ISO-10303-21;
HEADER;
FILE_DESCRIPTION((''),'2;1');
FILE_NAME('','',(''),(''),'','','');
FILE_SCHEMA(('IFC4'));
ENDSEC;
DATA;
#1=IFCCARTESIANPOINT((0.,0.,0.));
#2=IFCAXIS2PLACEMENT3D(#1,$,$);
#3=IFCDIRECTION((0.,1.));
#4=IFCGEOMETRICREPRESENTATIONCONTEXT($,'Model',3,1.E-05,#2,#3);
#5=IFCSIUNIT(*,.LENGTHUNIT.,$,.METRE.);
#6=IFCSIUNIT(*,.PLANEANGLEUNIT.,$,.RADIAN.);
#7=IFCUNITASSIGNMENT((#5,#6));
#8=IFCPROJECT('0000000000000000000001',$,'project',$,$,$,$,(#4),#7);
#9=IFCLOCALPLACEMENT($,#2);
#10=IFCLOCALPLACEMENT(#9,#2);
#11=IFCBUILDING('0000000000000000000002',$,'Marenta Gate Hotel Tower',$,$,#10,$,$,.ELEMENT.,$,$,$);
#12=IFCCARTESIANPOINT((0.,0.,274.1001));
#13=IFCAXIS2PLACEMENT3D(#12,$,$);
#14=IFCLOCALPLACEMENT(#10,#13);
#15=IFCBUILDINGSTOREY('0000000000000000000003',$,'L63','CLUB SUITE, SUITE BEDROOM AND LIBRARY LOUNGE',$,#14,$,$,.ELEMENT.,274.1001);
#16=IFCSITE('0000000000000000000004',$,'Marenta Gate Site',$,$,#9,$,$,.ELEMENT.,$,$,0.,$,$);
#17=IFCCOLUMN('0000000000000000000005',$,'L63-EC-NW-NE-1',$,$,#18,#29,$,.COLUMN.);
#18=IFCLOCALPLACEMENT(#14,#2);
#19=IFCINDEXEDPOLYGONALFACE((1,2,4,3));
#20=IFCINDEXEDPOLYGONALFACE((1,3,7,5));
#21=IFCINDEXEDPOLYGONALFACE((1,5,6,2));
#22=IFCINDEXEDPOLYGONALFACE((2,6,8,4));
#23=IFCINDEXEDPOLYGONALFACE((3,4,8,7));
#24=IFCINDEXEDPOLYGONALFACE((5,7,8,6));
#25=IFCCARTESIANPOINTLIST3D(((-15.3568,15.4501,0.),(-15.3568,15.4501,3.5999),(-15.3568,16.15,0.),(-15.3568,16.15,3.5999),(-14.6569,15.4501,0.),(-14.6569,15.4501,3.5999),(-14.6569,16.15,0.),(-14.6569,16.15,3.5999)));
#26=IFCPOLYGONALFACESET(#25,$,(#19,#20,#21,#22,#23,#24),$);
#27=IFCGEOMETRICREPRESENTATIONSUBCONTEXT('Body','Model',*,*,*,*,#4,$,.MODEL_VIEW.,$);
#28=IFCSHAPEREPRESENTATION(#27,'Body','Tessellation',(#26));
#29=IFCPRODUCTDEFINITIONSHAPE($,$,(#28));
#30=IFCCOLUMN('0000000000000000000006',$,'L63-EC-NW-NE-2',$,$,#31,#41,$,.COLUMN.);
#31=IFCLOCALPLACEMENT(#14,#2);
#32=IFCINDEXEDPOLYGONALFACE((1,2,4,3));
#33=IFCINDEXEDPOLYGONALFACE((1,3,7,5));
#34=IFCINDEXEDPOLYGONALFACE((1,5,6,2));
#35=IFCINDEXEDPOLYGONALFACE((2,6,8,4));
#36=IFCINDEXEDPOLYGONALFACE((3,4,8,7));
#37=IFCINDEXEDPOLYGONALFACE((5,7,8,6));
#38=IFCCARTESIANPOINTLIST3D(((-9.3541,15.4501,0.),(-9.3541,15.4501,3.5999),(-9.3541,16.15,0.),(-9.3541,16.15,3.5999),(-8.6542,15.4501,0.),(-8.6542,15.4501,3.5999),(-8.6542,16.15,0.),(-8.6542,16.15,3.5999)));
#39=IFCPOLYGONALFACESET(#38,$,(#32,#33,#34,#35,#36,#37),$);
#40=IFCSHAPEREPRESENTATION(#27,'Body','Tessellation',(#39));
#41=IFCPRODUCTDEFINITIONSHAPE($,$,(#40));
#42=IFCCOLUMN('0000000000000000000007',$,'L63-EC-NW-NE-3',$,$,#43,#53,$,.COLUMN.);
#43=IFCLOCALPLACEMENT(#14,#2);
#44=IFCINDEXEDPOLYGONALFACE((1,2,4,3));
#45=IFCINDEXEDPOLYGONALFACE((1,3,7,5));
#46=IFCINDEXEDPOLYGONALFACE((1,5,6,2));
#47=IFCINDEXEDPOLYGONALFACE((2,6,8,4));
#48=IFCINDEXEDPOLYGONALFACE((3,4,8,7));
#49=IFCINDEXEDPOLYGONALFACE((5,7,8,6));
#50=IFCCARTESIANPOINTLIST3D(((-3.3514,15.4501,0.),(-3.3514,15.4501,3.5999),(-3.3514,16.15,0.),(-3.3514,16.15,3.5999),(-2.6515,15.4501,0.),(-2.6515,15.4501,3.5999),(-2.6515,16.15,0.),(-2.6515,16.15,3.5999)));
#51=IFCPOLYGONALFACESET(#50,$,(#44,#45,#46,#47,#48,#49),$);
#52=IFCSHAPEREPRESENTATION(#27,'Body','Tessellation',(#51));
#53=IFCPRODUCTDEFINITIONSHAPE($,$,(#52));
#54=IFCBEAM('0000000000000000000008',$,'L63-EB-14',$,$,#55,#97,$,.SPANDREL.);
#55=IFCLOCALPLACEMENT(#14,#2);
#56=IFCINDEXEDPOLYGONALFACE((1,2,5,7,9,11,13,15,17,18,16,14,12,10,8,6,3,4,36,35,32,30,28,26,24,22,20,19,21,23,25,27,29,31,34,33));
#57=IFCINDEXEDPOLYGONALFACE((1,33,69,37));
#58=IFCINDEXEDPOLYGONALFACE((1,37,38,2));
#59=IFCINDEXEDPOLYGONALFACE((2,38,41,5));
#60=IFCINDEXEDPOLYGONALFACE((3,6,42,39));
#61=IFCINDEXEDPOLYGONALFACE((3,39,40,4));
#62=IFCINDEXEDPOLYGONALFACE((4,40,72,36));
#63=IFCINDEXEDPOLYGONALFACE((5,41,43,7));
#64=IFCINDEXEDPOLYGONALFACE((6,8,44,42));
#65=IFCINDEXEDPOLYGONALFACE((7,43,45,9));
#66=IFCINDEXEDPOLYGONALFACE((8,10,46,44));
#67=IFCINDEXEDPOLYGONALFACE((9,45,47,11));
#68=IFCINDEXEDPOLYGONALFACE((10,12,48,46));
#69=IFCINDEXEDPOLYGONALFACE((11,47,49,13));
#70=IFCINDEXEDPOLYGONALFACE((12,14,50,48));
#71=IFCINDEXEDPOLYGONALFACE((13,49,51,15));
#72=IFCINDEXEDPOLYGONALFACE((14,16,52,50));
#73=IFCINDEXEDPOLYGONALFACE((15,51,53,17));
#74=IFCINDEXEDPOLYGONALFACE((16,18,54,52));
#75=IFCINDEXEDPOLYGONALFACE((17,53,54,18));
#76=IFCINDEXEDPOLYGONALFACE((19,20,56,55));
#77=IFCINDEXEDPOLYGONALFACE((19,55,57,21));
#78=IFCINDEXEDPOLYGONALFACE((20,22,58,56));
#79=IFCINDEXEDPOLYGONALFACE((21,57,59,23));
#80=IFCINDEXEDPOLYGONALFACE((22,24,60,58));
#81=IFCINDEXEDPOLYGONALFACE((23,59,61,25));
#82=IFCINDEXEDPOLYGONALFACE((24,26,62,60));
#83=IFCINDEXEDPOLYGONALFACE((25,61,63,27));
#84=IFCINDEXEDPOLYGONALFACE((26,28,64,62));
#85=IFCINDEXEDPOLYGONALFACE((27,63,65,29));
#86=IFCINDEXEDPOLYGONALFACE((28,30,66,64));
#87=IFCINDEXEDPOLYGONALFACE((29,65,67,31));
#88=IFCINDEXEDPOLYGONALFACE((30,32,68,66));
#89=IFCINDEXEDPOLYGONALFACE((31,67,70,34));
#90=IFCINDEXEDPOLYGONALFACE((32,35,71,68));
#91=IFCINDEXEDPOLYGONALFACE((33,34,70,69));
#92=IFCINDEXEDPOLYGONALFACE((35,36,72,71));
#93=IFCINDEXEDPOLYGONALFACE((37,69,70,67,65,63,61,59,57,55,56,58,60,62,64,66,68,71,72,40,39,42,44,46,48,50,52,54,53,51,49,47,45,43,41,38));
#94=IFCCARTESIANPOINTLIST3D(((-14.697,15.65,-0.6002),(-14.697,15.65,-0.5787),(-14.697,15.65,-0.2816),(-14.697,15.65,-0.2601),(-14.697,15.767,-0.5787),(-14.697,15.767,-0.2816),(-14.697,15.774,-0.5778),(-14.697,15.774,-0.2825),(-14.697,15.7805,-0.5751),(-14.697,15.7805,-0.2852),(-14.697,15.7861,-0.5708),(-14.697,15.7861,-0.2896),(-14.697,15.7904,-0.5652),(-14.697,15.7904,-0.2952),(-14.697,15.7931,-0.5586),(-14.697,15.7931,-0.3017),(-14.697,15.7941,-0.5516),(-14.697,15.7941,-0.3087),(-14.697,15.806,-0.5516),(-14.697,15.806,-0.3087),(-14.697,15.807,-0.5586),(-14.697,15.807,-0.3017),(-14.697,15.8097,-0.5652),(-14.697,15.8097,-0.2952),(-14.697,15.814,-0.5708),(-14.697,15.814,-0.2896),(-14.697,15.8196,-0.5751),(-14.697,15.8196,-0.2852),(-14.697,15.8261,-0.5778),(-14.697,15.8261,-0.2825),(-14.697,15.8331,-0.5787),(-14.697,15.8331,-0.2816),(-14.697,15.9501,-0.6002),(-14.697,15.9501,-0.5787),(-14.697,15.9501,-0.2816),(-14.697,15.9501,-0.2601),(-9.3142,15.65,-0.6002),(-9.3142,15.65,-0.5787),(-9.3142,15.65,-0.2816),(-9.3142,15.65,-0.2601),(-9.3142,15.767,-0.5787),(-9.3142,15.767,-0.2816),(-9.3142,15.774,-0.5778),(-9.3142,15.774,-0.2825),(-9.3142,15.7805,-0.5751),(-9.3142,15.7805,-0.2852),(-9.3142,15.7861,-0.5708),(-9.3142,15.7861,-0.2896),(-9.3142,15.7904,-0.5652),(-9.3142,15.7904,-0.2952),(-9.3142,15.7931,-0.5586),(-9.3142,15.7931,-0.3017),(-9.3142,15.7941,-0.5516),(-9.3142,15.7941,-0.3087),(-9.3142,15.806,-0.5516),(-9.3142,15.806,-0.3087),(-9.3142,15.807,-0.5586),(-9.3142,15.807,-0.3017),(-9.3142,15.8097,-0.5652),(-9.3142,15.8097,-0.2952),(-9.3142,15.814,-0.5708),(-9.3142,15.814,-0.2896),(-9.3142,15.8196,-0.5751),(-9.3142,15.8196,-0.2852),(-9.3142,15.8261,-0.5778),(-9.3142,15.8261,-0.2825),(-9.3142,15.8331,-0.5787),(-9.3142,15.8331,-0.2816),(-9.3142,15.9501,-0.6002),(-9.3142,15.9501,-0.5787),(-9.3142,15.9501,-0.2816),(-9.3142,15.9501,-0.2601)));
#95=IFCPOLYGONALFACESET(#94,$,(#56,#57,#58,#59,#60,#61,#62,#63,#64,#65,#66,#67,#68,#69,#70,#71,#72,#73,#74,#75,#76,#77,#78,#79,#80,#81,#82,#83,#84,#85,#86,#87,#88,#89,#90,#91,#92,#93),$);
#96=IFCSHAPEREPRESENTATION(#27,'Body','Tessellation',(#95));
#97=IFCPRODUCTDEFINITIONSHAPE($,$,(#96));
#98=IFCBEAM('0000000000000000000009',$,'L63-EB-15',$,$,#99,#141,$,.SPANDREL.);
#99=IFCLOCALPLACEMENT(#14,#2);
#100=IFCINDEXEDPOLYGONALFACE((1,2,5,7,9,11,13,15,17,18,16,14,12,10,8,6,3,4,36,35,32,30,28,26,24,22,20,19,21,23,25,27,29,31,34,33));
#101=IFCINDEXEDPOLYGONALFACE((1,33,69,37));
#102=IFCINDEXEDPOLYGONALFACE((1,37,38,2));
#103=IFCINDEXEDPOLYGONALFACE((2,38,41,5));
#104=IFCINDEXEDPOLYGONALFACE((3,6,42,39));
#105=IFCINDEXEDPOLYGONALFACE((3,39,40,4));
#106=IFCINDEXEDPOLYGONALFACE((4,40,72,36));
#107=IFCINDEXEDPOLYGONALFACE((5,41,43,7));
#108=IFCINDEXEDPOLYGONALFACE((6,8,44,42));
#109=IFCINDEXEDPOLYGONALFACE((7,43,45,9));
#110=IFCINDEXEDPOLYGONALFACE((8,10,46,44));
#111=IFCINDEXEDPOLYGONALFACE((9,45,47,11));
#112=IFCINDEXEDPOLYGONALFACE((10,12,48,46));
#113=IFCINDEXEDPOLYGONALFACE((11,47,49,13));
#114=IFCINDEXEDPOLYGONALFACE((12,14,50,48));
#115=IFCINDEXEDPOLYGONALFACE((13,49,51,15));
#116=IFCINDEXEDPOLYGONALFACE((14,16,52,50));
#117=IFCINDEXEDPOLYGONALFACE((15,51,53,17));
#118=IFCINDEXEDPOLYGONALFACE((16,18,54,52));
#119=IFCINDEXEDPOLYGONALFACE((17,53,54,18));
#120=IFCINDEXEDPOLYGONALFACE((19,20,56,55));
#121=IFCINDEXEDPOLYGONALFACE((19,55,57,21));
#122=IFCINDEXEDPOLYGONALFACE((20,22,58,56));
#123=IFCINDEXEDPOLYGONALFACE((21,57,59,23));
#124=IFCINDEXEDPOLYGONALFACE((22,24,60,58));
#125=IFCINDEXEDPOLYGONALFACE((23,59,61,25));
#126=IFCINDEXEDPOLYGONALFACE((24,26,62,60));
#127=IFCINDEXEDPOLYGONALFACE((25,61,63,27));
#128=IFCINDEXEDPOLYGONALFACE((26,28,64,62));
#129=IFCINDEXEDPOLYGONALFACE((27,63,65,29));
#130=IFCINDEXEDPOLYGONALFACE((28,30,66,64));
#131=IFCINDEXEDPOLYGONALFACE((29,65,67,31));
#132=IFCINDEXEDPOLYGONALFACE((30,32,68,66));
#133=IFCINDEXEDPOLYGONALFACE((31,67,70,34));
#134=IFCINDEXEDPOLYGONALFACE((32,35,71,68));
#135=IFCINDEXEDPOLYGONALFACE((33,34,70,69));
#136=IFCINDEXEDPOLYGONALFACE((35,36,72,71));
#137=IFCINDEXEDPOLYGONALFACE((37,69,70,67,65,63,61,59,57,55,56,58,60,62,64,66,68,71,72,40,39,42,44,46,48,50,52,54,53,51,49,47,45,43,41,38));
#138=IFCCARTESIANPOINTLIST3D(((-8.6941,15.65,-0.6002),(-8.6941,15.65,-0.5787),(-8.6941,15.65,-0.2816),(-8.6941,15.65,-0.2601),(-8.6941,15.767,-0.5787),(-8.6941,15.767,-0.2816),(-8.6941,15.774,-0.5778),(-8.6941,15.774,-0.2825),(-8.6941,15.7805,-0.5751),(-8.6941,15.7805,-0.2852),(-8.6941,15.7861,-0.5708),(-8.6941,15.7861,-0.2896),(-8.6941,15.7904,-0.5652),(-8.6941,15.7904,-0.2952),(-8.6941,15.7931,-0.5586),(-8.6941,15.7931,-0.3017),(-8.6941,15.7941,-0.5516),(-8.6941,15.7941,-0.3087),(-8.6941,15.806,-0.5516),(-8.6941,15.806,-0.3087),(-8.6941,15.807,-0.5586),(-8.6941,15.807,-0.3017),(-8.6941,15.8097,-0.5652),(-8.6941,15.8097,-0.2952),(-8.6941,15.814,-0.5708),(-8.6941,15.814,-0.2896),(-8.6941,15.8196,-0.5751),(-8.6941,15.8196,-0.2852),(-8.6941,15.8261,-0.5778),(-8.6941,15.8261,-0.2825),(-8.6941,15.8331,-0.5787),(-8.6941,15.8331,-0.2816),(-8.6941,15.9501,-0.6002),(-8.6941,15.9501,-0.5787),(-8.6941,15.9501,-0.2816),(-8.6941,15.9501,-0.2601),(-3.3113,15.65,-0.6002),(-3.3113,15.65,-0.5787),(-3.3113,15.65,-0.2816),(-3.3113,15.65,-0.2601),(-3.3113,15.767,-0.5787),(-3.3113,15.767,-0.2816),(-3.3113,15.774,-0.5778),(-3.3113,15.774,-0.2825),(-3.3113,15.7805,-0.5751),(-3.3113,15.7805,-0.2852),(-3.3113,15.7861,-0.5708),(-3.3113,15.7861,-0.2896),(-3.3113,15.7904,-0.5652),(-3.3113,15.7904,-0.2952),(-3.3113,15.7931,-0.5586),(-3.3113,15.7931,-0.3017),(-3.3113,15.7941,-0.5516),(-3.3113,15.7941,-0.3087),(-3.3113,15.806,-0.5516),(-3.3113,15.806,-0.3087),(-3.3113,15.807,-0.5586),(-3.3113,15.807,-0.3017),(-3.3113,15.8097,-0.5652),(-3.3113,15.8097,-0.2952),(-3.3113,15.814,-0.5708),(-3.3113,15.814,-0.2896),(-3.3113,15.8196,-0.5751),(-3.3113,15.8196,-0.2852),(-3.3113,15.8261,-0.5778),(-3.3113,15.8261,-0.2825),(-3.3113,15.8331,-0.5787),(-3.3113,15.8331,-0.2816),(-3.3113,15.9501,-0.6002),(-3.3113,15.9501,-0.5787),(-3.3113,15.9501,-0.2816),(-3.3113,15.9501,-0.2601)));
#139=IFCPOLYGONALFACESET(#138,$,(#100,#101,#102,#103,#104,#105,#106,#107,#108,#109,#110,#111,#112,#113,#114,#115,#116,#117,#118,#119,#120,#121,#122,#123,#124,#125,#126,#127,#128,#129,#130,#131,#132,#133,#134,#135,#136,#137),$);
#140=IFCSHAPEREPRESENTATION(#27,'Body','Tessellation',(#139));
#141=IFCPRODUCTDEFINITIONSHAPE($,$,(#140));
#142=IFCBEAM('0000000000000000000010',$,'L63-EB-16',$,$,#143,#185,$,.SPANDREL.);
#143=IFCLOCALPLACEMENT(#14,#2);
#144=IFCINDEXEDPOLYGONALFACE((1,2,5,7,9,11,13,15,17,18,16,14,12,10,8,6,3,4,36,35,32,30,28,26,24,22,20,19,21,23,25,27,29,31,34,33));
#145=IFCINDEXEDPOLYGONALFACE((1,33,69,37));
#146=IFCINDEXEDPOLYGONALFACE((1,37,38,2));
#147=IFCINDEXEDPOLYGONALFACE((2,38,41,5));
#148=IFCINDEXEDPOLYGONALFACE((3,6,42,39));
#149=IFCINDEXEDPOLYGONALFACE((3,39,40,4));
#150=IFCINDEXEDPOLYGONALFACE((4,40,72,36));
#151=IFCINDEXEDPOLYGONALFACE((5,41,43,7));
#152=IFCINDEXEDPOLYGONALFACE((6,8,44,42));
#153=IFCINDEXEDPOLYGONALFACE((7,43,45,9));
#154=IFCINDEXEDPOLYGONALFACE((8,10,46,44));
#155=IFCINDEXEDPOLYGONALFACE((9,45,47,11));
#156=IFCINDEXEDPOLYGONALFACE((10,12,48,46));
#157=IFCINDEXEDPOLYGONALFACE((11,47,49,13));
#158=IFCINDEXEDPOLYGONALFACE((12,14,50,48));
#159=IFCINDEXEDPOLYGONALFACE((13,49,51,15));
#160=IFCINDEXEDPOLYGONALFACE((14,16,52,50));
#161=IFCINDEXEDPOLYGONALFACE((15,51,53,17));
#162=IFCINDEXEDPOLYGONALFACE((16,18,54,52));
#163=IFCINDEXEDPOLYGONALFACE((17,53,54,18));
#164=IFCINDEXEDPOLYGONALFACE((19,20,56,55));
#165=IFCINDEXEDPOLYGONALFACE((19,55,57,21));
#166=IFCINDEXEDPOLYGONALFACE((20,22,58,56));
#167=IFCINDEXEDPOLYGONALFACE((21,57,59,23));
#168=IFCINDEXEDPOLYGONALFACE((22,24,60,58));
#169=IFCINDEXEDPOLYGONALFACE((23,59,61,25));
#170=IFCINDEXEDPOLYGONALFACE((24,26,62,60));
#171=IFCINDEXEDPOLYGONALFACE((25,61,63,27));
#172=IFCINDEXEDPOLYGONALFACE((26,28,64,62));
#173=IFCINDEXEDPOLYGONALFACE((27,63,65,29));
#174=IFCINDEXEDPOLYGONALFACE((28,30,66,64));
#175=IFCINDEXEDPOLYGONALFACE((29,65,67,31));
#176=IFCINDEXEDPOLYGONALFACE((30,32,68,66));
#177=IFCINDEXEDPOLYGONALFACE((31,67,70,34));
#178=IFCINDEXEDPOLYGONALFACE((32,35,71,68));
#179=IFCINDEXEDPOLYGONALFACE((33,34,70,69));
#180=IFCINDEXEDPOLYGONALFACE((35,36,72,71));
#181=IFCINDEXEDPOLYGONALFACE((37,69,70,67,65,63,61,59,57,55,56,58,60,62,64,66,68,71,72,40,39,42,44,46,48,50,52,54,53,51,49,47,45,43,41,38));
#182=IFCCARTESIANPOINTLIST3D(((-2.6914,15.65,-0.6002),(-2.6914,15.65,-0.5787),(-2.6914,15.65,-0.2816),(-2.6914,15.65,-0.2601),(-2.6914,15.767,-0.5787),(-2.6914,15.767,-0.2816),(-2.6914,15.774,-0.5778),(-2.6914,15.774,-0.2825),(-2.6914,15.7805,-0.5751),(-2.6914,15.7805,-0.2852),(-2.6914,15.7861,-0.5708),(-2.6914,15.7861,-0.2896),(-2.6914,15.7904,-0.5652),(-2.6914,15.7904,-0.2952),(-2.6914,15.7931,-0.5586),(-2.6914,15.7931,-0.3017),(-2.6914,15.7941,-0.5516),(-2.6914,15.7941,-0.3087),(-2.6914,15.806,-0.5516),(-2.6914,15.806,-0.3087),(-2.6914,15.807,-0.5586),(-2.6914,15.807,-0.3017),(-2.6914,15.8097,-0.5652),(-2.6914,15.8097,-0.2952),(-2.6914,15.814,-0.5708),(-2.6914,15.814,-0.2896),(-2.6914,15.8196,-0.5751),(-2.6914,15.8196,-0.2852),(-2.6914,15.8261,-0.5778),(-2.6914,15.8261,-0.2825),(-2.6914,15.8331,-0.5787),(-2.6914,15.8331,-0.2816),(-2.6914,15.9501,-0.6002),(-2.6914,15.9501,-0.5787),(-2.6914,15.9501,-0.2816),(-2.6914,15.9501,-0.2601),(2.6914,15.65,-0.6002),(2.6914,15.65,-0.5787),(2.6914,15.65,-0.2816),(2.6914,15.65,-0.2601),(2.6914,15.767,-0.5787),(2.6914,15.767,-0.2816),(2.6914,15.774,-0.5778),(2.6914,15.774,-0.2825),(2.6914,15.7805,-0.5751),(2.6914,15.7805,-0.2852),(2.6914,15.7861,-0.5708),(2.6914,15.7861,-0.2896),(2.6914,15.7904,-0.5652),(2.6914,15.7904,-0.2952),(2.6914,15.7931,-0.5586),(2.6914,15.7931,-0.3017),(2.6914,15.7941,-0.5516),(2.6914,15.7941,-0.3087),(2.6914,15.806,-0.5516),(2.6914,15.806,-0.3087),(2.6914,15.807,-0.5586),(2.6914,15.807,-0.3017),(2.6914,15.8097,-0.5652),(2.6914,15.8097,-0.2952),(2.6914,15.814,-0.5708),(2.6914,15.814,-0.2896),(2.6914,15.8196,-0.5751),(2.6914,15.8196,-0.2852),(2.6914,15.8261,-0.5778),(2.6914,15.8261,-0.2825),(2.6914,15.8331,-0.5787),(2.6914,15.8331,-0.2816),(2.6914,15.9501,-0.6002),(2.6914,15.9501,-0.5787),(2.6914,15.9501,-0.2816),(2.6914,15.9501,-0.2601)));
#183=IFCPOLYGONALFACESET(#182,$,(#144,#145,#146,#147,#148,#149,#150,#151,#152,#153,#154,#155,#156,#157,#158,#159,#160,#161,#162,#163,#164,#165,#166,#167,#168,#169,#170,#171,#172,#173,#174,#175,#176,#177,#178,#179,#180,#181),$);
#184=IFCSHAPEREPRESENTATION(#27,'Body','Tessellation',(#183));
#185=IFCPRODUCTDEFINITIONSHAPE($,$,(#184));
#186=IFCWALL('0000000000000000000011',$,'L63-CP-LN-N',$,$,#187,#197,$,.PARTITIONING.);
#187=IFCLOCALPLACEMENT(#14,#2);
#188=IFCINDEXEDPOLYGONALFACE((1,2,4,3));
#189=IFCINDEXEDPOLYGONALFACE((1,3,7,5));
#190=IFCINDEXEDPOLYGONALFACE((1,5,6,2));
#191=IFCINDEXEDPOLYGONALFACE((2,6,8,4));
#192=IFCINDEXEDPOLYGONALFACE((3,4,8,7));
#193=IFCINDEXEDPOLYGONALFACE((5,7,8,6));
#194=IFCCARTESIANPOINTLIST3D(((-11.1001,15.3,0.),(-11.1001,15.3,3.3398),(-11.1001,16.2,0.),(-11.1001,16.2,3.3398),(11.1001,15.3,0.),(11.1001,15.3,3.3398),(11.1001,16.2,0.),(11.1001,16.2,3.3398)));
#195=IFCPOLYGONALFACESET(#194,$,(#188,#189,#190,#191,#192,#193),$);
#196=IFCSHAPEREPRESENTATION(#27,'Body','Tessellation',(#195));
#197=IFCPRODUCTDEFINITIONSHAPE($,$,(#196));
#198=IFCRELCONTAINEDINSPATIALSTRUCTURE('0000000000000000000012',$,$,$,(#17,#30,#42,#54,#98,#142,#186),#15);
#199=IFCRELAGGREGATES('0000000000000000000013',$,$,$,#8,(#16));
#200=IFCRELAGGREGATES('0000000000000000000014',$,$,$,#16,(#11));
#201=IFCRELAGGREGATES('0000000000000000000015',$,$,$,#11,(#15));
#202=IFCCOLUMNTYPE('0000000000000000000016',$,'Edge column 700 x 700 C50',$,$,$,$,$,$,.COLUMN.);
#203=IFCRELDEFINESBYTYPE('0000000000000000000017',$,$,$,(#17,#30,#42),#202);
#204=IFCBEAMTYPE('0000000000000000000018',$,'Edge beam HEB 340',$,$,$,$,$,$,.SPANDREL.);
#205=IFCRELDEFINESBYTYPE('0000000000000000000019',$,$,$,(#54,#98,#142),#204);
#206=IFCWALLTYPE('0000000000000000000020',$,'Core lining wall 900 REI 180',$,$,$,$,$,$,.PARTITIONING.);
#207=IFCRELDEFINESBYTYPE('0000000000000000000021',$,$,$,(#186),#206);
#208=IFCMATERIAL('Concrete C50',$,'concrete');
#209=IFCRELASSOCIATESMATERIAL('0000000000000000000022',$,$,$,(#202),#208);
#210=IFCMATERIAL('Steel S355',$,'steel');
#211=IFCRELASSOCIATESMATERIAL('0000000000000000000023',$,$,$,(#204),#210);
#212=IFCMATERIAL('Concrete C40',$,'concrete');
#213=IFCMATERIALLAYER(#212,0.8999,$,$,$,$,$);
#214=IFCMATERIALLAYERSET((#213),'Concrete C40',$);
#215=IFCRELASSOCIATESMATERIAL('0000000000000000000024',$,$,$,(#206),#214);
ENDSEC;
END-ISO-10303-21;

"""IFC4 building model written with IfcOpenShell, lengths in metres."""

from ifc_helpers import new_model, si_unit, direction, frame, frame_2d, origin, origin_2d, place, context, subcontext, project, spatial, rectangle, i_section, extrude, material, layer, layer_set, material_profile, profile_set, type_object, element, save


model = new_model("IFC4")

# Units and contexts
model_context = context("Model", 3, precision=1e-05, world=origin(), true_north=direction((0.0, 1.0)))
body_context = subcontext(model_context, "Body", "Model", "MODEL_VIEW")
ifc_project = project(units=[si_unit("LENGTHUNIT", "METRE"), si_unit("PLANEANGLEUNIT", "RADIAN")], contexts=[model_context])

# Site, building, storey
site_placement = place(None, origin())
site = spatial("IfcSite", under=ifc_project, at=site_placement, Name="Marenta Gate Site", CompositionType="ELEMENT", RefElevation=0.0)
building_placement = place(site_placement, origin())
building = spatial("IfcBuilding", under=site, at=building_placement, Name="Marenta Gate Hotel Tower", CompositionType="ELEMENT")
storey_placement = place(building_placement, frame((0.0, 0.0, 274.1001)))
storey = spatial("IfcBuildingStorey", under=building, at=storey_placement, Name="L63", Description="CLUB SUITE, SUITE BEDROOM AND LIBRARY LOUNGE", CompositionType="ELEMENT", Elevation=274.1001)

# Columns
ifc_material_1 = material(Name="Concrete C50", Category="concrete")
ifc_material_profile_1 = material_profile(ifc_material_1, rectangle(XDim=0.7, YDim=0.7, at=origin_2d()), Name="700 x 700")
ifc_profile_set_1 = profile_set([ifc_material_profile_1], Name="Concrete C50")
column_type = type_object("IfcColumnType", Name="Edge column 700 x 700 C50", PredefinedType="COLUMN", material=ifc_profile_set_1)
for number, where, z_axis, x_axis, name in (
    (1, (-15.0068, 15.8, 0.0), (0.0, 0.0, 1.0), (1.0, 0.0, 0.0), "L63-EC-NW-NE-1"),
    (2, (-9.0042, 15.8, 0.0), (0.0, 0.0, 1.0), (1.0, 0.0, 0.0), "L63-EC-NW-NE-2"),
    (3, (-3.0015, 15.8, 0.0), (0.0, 0.0, 1.0), (1.0, 0.0, 0.0), "L63-EC-NW-NE-3"),
):
    element("IfcColumn", number, at=place(storey_placement, frame(where, z_axis=z_axis, x_axis=x_axis)), inside=storey, type_object=column_type, Name=name, PredefinedType="COLUMN", context=body_context, shape_type="SweptSolid", body=[
        extrude(rectangle(XDim=0.7, YDim=0.7, at=origin_2d()), origin(), (0.0, 0.0, 1.0), 3.5999),
    ])

# Beams
ifc_material_2 = material(Name="Steel S355", Category="steel")
ifc_material_profile_2 = material_profile(ifc_material_2, i_section(OverallWidth=0.3, OverallDepth=0.3401, WebThickness=0.012, FlangeThickness=0.0215, FilletRadius=0.0271, at=origin_2d()), Name="HEB 340")
ifc_profile_set_2 = profile_set([ifc_material_profile_2], Name="Steel S355")
beam_type = type_object("IfcBeamType", Name="Edge beam HEB 340", PredefinedType="SPANDREL", material=ifc_profile_set_2)
for number, where, z_axis, x_axis, name in (
    (4, (-14.697, 15.8, -0.4302), (1.0, 0.0, 0.0), (0.0, 1.0, 0.0), "L63-EB-14"),
    (5, (-8.6941, 15.8, -0.4302), (1.0, 0.0, 0.0), (0.0, 1.0, 0.0), "L63-EB-15"),
    (6, (-2.6914, 15.8, -0.4302), (1.0, 0.0, 0.0), (0.0, 1.0, 0.0), "L63-EB-16"),
):
    element("IfcBeam", number, at=place(storey_placement, frame(where, z_axis=z_axis, x_axis=x_axis)), inside=storey, type_object=beam_type, Name=name, PredefinedType="SPANDREL", context=body_context, shape_type="SweptSolid", body=[
        extrude(i_section(OverallWidth=0.3, OverallDepth=0.3401, WebThickness=0.012, FlangeThickness=0.0215, FilletRadius=0.0271, at=origin_2d()), origin(), (0.0, 0.0, 1.0), 5.3828),
    ])

# Wall
ifc_material_3 = material(Name="Concrete C40", Category="concrete")
ifc_layer_1 = layer(ifc_material_3, 0.8999)
ifc_layer_set_1 = layer_set([ifc_layer_1], Name="Concrete C40")
wall_type_1 = type_object("IfcWallType", Name="Core lining wall 900 REI 180", PredefinedType="PARTITIONING", material=ifc_layer_set_1)
wall_1_placement = place(storey_placement, frame((-11.1001, 15.75, 0.0), z_axis=(0.0, 0.0, 1.0), x_axis=(1.0, 0.0, 0.0)))
element("IfcWall", 7, at=wall_1_placement, inside=storey, type_object=wall_type_1, Name="L63-CP-LN-N", PredefinedType="PARTITIONING", context=body_context, shape_type="SweptSolid", body=[
    extrude(rectangle(XDim=22.2002, YDim=0.8999, at=frame_2d((11.1001, 0.0))), origin(), (0.0, 0.0, 1.0), 3.3398),
])

save(model, "model.ifc")
